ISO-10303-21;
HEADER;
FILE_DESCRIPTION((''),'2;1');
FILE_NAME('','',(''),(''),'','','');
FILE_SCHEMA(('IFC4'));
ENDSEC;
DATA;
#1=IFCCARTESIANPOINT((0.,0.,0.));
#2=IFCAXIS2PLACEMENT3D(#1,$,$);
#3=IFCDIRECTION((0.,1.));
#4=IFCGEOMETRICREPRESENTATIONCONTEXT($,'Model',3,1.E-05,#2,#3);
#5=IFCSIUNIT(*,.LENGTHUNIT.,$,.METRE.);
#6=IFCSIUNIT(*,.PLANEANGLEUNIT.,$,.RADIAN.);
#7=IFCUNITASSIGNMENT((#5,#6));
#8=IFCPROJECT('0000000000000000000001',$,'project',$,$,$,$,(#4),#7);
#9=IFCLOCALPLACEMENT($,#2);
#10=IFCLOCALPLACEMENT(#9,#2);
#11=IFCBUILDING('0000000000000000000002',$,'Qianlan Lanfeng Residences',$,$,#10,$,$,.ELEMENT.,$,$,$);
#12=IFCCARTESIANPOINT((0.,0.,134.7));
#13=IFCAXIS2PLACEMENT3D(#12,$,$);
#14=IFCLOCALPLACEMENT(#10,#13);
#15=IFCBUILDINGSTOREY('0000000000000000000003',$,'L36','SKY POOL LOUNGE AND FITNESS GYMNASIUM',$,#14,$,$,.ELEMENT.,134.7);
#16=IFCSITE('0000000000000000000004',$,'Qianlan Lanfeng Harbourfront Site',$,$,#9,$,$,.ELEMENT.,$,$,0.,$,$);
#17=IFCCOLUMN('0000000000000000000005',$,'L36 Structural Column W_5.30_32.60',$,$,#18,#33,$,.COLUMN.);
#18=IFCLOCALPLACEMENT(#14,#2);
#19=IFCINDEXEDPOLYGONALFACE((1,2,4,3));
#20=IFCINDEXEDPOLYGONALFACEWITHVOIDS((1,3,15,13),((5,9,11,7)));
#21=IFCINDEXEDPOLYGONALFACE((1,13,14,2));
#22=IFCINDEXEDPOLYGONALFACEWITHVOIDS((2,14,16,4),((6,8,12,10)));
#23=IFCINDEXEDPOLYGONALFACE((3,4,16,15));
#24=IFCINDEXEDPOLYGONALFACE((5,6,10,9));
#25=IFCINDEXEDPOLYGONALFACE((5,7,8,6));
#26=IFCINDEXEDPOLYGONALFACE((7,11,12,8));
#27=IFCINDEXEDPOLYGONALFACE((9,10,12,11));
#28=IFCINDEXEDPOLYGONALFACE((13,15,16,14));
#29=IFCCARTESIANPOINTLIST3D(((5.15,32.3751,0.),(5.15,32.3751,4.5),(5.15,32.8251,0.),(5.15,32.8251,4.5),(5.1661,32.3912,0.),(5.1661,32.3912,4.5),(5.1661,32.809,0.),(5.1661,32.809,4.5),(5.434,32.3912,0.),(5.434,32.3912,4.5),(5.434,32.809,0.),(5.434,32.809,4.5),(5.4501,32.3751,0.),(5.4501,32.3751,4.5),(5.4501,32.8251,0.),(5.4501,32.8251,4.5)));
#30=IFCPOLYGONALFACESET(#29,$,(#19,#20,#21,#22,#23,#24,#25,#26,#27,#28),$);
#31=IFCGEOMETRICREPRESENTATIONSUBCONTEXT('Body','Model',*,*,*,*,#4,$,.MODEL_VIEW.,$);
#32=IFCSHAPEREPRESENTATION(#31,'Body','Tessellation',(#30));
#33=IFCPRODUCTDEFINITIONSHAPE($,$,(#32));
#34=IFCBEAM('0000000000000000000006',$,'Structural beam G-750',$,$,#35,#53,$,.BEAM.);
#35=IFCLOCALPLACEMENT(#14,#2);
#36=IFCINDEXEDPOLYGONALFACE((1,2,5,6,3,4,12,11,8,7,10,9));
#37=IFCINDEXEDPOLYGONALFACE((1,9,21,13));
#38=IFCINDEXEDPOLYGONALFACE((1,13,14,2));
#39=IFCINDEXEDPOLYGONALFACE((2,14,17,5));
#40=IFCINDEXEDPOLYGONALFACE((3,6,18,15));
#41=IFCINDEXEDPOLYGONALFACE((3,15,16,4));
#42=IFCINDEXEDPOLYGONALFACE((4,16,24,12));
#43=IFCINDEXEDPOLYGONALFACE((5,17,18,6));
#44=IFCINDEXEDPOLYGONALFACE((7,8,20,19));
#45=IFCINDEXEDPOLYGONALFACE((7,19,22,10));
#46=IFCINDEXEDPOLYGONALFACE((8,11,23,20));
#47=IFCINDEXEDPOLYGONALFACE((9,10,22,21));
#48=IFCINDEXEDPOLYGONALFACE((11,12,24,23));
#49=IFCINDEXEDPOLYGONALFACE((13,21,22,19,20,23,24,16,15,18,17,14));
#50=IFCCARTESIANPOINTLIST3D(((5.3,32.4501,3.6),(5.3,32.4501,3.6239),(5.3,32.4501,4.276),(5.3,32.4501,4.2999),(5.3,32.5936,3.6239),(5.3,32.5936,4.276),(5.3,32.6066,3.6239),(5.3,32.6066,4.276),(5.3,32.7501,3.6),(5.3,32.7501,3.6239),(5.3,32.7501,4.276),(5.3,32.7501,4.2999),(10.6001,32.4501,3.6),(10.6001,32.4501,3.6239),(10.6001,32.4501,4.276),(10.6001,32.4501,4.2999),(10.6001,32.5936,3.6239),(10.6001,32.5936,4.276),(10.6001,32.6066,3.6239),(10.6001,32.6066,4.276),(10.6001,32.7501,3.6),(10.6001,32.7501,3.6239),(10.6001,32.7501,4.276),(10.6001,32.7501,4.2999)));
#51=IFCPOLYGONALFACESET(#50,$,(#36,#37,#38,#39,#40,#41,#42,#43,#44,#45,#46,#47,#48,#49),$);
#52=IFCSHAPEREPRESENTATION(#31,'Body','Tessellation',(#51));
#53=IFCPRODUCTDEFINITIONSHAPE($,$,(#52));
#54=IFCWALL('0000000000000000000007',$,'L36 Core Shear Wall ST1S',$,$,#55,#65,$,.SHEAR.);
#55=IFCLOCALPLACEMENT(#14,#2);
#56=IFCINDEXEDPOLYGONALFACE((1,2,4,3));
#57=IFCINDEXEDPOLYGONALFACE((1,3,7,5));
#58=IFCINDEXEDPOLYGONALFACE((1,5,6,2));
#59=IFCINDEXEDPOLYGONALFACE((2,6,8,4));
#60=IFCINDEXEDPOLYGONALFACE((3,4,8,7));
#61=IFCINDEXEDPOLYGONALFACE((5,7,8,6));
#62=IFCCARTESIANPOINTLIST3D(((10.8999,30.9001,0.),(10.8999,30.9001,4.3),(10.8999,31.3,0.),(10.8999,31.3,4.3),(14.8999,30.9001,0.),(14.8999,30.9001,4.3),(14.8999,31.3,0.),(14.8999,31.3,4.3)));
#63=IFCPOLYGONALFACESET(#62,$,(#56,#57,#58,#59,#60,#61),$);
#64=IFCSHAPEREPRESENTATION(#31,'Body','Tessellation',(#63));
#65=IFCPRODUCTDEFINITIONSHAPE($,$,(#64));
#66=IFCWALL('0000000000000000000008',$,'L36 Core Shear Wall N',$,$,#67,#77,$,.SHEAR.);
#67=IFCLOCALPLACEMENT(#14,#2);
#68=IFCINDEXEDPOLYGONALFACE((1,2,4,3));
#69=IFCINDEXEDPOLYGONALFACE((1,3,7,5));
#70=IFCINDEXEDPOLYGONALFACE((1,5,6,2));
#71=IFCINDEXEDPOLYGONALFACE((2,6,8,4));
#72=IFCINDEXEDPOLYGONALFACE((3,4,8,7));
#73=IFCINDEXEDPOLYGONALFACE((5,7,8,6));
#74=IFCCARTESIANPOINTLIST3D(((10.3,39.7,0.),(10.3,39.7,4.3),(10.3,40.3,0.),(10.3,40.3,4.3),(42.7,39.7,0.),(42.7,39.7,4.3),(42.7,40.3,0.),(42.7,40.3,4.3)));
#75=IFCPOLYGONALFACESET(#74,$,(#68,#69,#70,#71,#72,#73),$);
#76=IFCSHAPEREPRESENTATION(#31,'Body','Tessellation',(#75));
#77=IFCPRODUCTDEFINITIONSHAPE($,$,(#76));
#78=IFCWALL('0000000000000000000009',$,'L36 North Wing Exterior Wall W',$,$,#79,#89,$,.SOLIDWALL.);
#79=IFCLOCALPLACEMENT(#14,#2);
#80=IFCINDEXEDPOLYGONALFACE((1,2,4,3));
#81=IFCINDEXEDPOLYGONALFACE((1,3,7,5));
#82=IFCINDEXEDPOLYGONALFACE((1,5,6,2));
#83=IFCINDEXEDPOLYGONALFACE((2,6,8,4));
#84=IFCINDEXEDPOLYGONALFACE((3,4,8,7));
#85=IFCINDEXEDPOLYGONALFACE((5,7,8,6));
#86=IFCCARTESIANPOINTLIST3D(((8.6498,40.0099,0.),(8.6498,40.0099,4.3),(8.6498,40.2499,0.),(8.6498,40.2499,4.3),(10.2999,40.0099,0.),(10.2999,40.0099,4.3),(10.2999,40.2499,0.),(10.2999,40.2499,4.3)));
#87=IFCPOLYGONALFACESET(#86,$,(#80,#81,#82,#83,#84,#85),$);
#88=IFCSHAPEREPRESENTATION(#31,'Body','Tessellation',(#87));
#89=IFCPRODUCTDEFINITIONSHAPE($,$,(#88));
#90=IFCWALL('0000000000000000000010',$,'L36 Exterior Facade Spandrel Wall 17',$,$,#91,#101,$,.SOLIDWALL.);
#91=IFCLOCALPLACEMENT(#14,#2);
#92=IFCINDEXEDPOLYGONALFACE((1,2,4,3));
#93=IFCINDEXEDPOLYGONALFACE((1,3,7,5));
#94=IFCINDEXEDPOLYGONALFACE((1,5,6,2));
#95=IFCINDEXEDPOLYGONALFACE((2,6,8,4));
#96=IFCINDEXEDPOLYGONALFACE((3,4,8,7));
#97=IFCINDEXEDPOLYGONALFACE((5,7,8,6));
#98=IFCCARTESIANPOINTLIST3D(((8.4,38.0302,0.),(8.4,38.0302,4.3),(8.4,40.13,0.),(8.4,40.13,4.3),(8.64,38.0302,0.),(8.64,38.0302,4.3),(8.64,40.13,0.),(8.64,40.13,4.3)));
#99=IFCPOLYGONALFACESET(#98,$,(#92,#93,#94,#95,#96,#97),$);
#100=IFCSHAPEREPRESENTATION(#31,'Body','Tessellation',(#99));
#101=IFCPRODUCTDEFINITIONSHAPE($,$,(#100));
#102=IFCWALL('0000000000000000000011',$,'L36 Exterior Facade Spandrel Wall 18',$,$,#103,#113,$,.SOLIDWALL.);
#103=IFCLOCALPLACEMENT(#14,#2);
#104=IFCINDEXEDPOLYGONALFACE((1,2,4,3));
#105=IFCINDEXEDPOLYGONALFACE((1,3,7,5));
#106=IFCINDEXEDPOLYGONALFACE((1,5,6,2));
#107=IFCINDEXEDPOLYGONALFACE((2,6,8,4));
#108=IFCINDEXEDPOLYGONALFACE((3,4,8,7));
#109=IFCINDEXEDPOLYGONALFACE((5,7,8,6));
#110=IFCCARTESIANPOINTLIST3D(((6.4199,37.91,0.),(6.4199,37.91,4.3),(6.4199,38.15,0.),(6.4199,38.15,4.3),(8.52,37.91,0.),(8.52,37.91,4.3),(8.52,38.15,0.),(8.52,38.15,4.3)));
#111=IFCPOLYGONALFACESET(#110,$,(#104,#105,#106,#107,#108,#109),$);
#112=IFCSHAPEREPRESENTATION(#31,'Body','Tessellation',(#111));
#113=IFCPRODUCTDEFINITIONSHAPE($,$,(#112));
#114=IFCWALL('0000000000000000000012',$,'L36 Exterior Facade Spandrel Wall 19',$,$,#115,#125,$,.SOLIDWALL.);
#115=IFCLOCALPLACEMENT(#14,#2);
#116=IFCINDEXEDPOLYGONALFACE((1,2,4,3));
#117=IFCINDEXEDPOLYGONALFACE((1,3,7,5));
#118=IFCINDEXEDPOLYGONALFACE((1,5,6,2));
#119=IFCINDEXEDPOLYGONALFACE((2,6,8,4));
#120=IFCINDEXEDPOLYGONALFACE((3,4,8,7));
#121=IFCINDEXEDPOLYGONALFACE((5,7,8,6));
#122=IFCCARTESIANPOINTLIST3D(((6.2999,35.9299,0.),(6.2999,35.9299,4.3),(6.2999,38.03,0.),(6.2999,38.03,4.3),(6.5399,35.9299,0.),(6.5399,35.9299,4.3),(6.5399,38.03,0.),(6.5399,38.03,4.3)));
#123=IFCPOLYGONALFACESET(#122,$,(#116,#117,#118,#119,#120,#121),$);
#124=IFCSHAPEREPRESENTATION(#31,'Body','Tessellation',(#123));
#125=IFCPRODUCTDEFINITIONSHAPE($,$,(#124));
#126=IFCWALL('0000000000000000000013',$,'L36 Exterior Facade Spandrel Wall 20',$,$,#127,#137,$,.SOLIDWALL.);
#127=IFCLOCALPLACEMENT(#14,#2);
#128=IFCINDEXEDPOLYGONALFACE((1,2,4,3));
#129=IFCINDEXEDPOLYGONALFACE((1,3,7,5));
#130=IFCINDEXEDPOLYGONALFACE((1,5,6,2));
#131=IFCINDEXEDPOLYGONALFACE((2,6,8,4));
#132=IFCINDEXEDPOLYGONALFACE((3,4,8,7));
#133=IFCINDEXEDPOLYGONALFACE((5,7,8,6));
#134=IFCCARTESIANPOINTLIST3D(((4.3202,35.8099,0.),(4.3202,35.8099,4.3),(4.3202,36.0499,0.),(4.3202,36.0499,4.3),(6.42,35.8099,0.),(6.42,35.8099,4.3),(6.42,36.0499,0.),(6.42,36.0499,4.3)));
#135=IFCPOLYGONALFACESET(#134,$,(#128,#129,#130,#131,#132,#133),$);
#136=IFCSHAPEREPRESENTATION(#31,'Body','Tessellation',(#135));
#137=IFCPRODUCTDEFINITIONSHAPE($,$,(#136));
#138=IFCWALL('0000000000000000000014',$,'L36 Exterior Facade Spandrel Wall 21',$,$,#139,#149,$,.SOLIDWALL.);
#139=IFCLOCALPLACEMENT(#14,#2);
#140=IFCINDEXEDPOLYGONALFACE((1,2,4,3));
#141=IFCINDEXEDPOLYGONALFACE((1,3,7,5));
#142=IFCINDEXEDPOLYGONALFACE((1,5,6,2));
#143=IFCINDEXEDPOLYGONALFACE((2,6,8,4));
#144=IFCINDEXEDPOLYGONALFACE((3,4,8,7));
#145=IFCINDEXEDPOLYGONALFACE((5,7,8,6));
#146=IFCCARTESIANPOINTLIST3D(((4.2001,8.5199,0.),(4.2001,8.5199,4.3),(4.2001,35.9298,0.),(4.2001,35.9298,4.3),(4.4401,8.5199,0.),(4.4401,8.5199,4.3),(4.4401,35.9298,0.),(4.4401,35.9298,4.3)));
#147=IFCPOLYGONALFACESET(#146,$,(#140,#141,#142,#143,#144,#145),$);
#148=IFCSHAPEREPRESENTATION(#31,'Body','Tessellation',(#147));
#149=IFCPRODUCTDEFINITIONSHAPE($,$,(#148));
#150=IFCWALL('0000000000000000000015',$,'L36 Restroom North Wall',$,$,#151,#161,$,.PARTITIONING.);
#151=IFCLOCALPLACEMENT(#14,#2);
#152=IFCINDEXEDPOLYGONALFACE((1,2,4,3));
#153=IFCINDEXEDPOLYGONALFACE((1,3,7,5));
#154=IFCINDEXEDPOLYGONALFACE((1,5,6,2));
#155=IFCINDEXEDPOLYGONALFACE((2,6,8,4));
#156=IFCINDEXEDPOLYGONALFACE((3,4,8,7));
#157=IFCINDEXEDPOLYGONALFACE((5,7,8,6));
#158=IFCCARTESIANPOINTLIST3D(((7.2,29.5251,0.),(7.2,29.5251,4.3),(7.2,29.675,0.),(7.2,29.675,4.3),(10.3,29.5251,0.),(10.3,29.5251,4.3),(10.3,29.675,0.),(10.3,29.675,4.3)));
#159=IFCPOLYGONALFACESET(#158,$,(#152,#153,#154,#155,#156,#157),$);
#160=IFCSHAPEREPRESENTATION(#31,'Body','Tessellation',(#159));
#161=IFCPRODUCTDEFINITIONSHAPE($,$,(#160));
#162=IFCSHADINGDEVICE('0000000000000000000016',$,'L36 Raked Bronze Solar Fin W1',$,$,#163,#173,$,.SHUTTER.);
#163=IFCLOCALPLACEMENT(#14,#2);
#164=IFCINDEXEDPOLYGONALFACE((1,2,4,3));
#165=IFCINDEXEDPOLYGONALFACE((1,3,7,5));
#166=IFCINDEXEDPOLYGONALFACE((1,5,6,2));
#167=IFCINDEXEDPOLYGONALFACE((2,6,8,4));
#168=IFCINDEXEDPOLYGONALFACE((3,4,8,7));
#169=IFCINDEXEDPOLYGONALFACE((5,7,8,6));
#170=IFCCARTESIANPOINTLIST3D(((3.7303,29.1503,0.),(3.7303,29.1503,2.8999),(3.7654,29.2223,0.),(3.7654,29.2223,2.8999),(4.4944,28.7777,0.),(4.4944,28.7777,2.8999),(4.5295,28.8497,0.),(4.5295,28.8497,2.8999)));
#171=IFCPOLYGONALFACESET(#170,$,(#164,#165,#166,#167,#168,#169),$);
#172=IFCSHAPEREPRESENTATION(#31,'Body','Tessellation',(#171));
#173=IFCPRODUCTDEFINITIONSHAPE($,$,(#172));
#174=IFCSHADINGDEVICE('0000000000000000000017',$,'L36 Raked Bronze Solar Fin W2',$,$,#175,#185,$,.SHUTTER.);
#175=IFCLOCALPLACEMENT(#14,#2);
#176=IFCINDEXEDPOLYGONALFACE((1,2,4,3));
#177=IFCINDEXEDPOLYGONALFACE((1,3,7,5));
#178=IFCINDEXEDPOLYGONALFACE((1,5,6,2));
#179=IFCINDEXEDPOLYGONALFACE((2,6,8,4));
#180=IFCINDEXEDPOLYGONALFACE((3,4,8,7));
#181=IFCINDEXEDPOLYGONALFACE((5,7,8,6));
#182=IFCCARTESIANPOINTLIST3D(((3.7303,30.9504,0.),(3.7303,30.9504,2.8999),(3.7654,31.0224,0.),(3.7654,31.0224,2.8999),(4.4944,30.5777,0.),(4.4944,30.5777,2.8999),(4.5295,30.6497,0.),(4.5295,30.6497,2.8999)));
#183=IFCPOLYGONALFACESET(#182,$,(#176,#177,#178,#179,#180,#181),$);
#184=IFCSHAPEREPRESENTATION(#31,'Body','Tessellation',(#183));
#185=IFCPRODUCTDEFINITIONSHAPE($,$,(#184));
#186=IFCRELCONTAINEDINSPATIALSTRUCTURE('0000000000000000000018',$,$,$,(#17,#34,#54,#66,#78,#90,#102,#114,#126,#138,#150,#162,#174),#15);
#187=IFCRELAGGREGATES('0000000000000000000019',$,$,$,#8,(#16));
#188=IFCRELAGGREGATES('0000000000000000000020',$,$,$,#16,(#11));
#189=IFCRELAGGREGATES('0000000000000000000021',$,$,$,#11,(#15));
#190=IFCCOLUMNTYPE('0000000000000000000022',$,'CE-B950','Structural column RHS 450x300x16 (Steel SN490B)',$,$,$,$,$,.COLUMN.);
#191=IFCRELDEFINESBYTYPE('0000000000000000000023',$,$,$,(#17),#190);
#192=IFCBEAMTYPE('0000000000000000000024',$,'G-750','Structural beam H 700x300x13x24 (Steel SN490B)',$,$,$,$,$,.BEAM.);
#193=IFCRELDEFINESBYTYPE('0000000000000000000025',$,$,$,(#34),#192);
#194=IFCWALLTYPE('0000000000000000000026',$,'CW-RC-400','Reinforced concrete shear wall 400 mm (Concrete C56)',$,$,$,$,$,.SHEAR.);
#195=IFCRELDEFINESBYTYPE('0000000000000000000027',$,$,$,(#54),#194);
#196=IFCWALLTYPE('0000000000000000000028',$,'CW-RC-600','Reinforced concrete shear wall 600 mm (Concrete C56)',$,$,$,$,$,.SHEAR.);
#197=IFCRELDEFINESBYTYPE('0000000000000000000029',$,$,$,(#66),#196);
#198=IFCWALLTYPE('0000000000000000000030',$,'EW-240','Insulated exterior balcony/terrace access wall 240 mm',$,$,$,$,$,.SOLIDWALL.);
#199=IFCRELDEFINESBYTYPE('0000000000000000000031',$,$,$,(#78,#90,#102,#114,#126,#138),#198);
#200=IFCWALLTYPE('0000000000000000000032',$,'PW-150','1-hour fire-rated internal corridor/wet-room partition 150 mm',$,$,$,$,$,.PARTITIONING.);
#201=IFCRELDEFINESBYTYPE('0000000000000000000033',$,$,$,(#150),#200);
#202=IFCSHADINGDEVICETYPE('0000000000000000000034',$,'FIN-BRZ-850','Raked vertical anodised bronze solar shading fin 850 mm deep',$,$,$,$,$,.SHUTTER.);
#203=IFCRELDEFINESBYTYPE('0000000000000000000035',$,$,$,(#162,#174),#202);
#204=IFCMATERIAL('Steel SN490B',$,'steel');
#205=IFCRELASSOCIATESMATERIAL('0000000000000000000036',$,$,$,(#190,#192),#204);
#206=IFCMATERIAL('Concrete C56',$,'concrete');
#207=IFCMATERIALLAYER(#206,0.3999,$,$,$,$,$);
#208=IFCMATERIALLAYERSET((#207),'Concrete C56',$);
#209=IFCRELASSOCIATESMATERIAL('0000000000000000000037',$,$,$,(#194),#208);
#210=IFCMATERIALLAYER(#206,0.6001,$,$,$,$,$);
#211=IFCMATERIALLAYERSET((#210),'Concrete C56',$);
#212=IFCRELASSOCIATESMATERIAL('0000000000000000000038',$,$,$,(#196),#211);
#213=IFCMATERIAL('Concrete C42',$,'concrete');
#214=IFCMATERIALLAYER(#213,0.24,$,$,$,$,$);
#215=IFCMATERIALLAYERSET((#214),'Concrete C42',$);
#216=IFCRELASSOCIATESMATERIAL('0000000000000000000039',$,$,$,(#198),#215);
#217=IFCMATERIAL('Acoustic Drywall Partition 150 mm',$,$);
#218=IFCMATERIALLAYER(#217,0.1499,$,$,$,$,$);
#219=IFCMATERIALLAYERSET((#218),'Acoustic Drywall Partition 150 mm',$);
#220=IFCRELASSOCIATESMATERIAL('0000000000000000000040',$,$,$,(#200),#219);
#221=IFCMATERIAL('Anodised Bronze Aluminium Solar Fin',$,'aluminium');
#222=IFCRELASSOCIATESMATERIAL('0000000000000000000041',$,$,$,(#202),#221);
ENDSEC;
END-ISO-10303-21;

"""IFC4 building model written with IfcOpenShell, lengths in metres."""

from ifc_helpers import new_model, si_unit, direction, frame, frame_2d, origin, origin_2d, place, context, subcontext, project, spatial, rectangle, hollow_rectangle, i_section, extrude, source, transform, mapped, material, layer, layer_set, material_profile, profile_set, type_object, element, save


model = new_model("IFC4")

# Units and contexts
model_context = context("Model", 3, precision=1e-05, world=origin(), true_north=direction((0.0, 1.0)))
body_context = subcontext(model_context, "Body", "Model", "MODEL_VIEW")
ifc_project = project(units=[si_unit("LENGTHUNIT", "METRE"), si_unit("PLANEANGLEUNIT", "RADIAN")], contexts=[model_context])

# Site, building, storey
site_placement = place(None, origin())
site = spatial("IfcSite", under=ifc_project, at=site_placement, Name="Qianlan Lanfeng Harbourfront Site", CompositionType="ELEMENT", RefElevation=0.0)
building_placement = place(site_placement, origin())
building = spatial("IfcBuilding", under=site, at=building_placement, Name="Qianlan Lanfeng Residences", CompositionType="ELEMENT")
storey_placement = place(building_placement, frame((0.0, 0.0, 134.7)))
storey = spatial("IfcBuildingStorey", under=building, at=storey_placement, Name="L36", Description="SKY POOL LOUNGE AND FITNESS GYMNASIUM", CompositionType="ELEMENT", Elevation=134.7)

# Column
ifc_material_1 = material(Name="Steel SN490B", Category="steel")
ifc_material_profile_1 = material_profile(ifc_material_1, hollow_rectangle(XDim=0.3, YDim=0.45, WallThickness=0.0161, at=origin_2d()), Name="RHS 450x300x16")
ifc_profile_set_1 = profile_set([ifc_material_profile_1], Name="Steel SN490B")
column_type = type_object("IfcColumnType", Name="CE-B950", Description="Structural column RHS 450x300x16 (Steel SN490B)", PredefinedType="COLUMN", material=ifc_profile_set_1)
column_placement = place(storey_placement, frame((5.3, 32.6001, 0.0), z_axis=(0.0, 0.0, 1.0), x_axis=(1.0, 0.0, 0.0)))
element("IfcColumn", 1, at=column_placement, inside=storey, type_object=column_type, Name="L36 Structural Column W_5.30_32.60", PredefinedType="COLUMN", context=body_context, shape_type="SweptSolid", body=[
    extrude(hollow_rectangle(XDim=0.3, YDim=0.45, WallThickness=0.0161, at=origin_2d()), origin(), (0.0, 0.0, 1.0), 4.5),
])

# Beam
ifc_material_profile_2 = material_profile(ifc_material_1, i_section(OverallWidth=0.3, OverallDepth=0.7, WebThickness=0.0129, FlangeThickness=0.0239, at=origin_2d()), Name="H 700x300x13x24")
ifc_profile_set_2 = profile_set([ifc_material_profile_2], Name="Steel SN490B")
beam_type = type_object("IfcBeamType", Name="G-750", Description="Structural beam H 700x300x13x24 (Steel SN490B)", PredefinedType="BEAM", material=ifc_profile_set_2)
beam_placement = place(storey_placement, frame((5.3, 32.6001, 3.95), z_axis=(1.0, 0.0, 0.0), x_axis=(0.0, 1.0, 0.0)))
element("IfcBeam", 2, at=beam_placement, inside=storey, type_object=beam_type, Name="Structural beam G-750", PredefinedType="BEAM", context=body_context, shape_type="SweptSolid", body=[
    extrude(i_section(OverallWidth=0.3, OverallDepth=0.7, WebThickness=0.0129, FlangeThickness=0.0239, at=origin_2d()), origin(), (0.0, 0.0, 1.0), 5.3),
])

# Walls
ifc_material_2 = material(Name="Concrete C56", Category="concrete")
ifc_layer_1 = layer(ifc_material_2, 0.3999)
ifc_layer_set_1 = layer_set([ifc_layer_1], Name="Concrete C56")
wall_type_1 = type_object("IfcWallType", Name="CW-RC-400", Description="Reinforced concrete shear wall 400 mm (Concrete C56)", PredefinedType="SHEAR", material=ifc_layer_set_1)
wall_1_placement = place(storey_placement, frame((10.8999, 31.1001, 0.0), z_axis=(0.0, 0.0, 1.0), x_axis=(1.0, 0.0, 0.0)))
element("IfcWall", 3, at=wall_1_placement, inside=storey, type_object=wall_type_1, Name="L36 Core Shear Wall ST1S", PredefinedType="SHEAR", context=body_context, shape_type="SweptSolid", body=[
    extrude(rectangle(XDim=4.0, YDim=0.3999, at=frame_2d((2.0, 0.0))), origin(), (0.0, 0.0, 1.0), 4.3),
])
ifc_layer_2 = layer(ifc_material_2, 0.6001)
ifc_layer_set_2 = layer_set([ifc_layer_2], Name="Concrete C56")
wall_type_2 = type_object("IfcWallType", Name="CW-RC-600", Description="Reinforced concrete shear wall 600 mm (Concrete C56)", PredefinedType="SHEAR", material=ifc_layer_set_2)
wall_2_placement = place(storey_placement, frame((10.3, 40.0, 0.0), z_axis=(0.0, 0.0, 1.0), x_axis=(1.0, 0.0, 0.0)))
element("IfcWall", 4, at=wall_2_placement, inside=storey, type_object=wall_type_2, Name="L36 Core Shear Wall N", PredefinedType="SHEAR", context=body_context, shape_type="SweptSolid", body=[
    extrude(rectangle(XDim=32.3999, YDim=0.6001, at=frame_2d((16.2, 0.0))), origin(), (0.0, 0.0, 1.0), 4.3),
])
ifc_material_3 = material(Name="Concrete C42", Category="concrete")
ifc_layer_3 = layer(ifc_material_3, 0.24)
ifc_layer_set_3 = layer_set([ifc_layer_3], Name="Concrete C42")
wall_type_3 = type_object("IfcWallType", Name="EW-240", Description="Insulated exterior balcony/terrace access wall 240 mm", PredefinedType="SOLIDWALL", material=ifc_layer_set_3)
wall_3_placement = place(storey_placement, frame((10.3, 40.1299, 0.0), z_axis=(0.0, 0.0, 1.0), x_axis=(-1.0, 0.0, 0.0)))
element("IfcWall", 5, at=wall_3_placement, inside=storey, type_object=wall_type_3, Name="L36 North Wing Exterior Wall W", PredefinedType="SOLIDWALL", context=body_context, shape_type="SweptSolid", body=[
    extrude(rectangle(XDim=1.6501, YDim=0.24, at=frame_2d((0.8252, 0.0))), origin(), (0.0, 0.0, 1.0), 4.3),
])
wall_4_placement = place(storey_placement, frame((8.52, 40.1299, 0.0), z_axis=(0.0, 0.0, 1.0), x_axis=(0.0, -1.0, 0.0)))
element("IfcWall", 6, at=wall_4_placement, inside=storey, type_object=wall_type_3, Name="L36 Exterior Facade Spandrel Wall 17", PredefinedType="SOLIDWALL", context=body_context, shape_type="SweptSolid", body=[
    extrude(rectangle(XDim=2.0999, YDim=0.24, at=frame_2d((1.0498, 0.0))), origin(), (0.0, 0.0, 1.0), 4.3),
])
for number, where, z_axis, x_axis, name in (
    (7, (8.52, 38.03, 0.0), (0.0, 0.0, 1.0), (-1.0, 0.0, 0.0), "L36 Exterior Facade Spandrel Wall 18"),
    (8, (6.4199, 38.03, 0.0), (0.0, 0.0, 1.0), (0.0, -1.0, 0.0), "L36 Exterior Facade Spandrel Wall 19"),
):
    element("IfcWall", number, at=place(storey_placement, frame(where, z_axis=z_axis, x_axis=x_axis)), inside=storey, type_object=wall_type_3, Name=name, PredefinedType="SOLIDWALL", context=body_context, shape_type="SweptSolid", body=[
        extrude(rectangle(XDim=2.1001, YDim=0.24, at=frame_2d((1.05, 0.0))), origin(), (0.0, 0.0, 1.0), 4.3),
    ])
wall_5_placement = place(storey_placement, frame((6.4199, 35.9299, 0.0), z_axis=(0.0, 0.0, 1.0), x_axis=(-1.0, 0.0, 0.0)))
element("IfcWall", 9, at=wall_5_placement, inside=storey, type_object=wall_type_3, Name="L36 Exterior Facade Spandrel Wall 20", PredefinedType="SOLIDWALL", context=body_context, shape_type="SweptSolid", body=[
    extrude(rectangle(XDim=2.0999, YDim=0.24, at=frame_2d((1.0498, 0.0))), origin(), (0.0, 0.0, 1.0), 4.3),
])
wall_6_placement = place(storey_placement, frame((4.3201, 35.9299, 0.0), z_axis=(0.0, 0.0, 1.0), x_axis=(0.0, -1.0, 0.0)))
element("IfcWall", 10, at=wall_6_placement, inside=storey, type_object=wall_type_3, Name="L36 Exterior Facade Spandrel Wall 21", PredefinedType="SOLIDWALL", context=body_context, shape_type="SweptSolid", body=[
    extrude(rectangle(XDim=27.4099, YDim=0.24, at=frame_2d((13.7051, 0.0))), origin(), (0.0, 0.0, 1.0), 4.3),
])
ifc_material_4 = material(Name="Acoustic Drywall Partition 150 mm")
ifc_layer_4 = layer(ifc_material_4, 0.1499)
ifc_layer_set_4 = layer_set([ifc_layer_4], Name="Acoustic Drywall Partition 150 mm")
wall_type_4 = type_object("IfcWallType", Name="PW-150", Description="1-hour fire-rated internal corridor/wet-room partition 150 mm", PredefinedType="PARTITIONING", material=ifc_layer_set_4)
wall_7_placement = place(storey_placement, frame((7.2, 29.6001, 0.0), z_axis=(0.0, 0.0, 1.0), x_axis=(1.0, 0.0, 0.0)))
element("IfcWall", 11, at=wall_7_placement, inside=storey, type_object=wall_type_4, Name="L36 Restroom North Wall", PredefinedType="PARTITIONING", context=body_context, shape_type="SweptSolid", body=[
    extrude(rectangle(XDim=3.1001, YDim=0.1499, at=frame_2d((1.55, 0.0))), origin(), (0.0, 0.0, 1.0), 4.3),
])

# Shading devices
ifc_material_5 = material(Name="Anodised Bronze Aluminium Solar Fin", Category="aluminium")
shading_device_type = type_object("IfcShadingDeviceType", Name="FIN-BRZ-850", Description="Raked vertical anodised bronze solar shading fin 850 mm deep", PredefinedType="SHUTTER", material=ifc_material_5)
shared_shape_1 = source(origin(), body_context, "Body", "SweptSolid", [
    extrude(rectangle(XDim=0.8501, YDim=0.0801, at=origin_2d()), origin(), (0.0, 0.0, 1.0), 2.8999),
])
for number, where, z_axis, x_axis, name in (
    (12, (4.1299, 29.0, 0.0), (0.0, 0.0, 1.0), (0.898794, -0.438371, 0.0), "L36 Raked Bronze Solar Fin W1"),
    (13, (4.1299, 30.8, 0.0), (0.0, 0.0, 1.0), (0.898794, -0.438371, 0.0), "L36 Raked Bronze Solar Fin W2"),
):
    element("IfcShadingDevice", number, at=place(storey_placement, frame(where, z_axis=z_axis, x_axis=x_axis)), inside=storey, type_object=shading_device_type, Name=name, PredefinedType="SHUTTER", context=body_context, shape_type="MappedRepresentation", body=[
        mapped(shared_shape_1, transform((0.0, 0.0, 0.0), scale=1.0)),
    ])

save(model, "model.ifc")
